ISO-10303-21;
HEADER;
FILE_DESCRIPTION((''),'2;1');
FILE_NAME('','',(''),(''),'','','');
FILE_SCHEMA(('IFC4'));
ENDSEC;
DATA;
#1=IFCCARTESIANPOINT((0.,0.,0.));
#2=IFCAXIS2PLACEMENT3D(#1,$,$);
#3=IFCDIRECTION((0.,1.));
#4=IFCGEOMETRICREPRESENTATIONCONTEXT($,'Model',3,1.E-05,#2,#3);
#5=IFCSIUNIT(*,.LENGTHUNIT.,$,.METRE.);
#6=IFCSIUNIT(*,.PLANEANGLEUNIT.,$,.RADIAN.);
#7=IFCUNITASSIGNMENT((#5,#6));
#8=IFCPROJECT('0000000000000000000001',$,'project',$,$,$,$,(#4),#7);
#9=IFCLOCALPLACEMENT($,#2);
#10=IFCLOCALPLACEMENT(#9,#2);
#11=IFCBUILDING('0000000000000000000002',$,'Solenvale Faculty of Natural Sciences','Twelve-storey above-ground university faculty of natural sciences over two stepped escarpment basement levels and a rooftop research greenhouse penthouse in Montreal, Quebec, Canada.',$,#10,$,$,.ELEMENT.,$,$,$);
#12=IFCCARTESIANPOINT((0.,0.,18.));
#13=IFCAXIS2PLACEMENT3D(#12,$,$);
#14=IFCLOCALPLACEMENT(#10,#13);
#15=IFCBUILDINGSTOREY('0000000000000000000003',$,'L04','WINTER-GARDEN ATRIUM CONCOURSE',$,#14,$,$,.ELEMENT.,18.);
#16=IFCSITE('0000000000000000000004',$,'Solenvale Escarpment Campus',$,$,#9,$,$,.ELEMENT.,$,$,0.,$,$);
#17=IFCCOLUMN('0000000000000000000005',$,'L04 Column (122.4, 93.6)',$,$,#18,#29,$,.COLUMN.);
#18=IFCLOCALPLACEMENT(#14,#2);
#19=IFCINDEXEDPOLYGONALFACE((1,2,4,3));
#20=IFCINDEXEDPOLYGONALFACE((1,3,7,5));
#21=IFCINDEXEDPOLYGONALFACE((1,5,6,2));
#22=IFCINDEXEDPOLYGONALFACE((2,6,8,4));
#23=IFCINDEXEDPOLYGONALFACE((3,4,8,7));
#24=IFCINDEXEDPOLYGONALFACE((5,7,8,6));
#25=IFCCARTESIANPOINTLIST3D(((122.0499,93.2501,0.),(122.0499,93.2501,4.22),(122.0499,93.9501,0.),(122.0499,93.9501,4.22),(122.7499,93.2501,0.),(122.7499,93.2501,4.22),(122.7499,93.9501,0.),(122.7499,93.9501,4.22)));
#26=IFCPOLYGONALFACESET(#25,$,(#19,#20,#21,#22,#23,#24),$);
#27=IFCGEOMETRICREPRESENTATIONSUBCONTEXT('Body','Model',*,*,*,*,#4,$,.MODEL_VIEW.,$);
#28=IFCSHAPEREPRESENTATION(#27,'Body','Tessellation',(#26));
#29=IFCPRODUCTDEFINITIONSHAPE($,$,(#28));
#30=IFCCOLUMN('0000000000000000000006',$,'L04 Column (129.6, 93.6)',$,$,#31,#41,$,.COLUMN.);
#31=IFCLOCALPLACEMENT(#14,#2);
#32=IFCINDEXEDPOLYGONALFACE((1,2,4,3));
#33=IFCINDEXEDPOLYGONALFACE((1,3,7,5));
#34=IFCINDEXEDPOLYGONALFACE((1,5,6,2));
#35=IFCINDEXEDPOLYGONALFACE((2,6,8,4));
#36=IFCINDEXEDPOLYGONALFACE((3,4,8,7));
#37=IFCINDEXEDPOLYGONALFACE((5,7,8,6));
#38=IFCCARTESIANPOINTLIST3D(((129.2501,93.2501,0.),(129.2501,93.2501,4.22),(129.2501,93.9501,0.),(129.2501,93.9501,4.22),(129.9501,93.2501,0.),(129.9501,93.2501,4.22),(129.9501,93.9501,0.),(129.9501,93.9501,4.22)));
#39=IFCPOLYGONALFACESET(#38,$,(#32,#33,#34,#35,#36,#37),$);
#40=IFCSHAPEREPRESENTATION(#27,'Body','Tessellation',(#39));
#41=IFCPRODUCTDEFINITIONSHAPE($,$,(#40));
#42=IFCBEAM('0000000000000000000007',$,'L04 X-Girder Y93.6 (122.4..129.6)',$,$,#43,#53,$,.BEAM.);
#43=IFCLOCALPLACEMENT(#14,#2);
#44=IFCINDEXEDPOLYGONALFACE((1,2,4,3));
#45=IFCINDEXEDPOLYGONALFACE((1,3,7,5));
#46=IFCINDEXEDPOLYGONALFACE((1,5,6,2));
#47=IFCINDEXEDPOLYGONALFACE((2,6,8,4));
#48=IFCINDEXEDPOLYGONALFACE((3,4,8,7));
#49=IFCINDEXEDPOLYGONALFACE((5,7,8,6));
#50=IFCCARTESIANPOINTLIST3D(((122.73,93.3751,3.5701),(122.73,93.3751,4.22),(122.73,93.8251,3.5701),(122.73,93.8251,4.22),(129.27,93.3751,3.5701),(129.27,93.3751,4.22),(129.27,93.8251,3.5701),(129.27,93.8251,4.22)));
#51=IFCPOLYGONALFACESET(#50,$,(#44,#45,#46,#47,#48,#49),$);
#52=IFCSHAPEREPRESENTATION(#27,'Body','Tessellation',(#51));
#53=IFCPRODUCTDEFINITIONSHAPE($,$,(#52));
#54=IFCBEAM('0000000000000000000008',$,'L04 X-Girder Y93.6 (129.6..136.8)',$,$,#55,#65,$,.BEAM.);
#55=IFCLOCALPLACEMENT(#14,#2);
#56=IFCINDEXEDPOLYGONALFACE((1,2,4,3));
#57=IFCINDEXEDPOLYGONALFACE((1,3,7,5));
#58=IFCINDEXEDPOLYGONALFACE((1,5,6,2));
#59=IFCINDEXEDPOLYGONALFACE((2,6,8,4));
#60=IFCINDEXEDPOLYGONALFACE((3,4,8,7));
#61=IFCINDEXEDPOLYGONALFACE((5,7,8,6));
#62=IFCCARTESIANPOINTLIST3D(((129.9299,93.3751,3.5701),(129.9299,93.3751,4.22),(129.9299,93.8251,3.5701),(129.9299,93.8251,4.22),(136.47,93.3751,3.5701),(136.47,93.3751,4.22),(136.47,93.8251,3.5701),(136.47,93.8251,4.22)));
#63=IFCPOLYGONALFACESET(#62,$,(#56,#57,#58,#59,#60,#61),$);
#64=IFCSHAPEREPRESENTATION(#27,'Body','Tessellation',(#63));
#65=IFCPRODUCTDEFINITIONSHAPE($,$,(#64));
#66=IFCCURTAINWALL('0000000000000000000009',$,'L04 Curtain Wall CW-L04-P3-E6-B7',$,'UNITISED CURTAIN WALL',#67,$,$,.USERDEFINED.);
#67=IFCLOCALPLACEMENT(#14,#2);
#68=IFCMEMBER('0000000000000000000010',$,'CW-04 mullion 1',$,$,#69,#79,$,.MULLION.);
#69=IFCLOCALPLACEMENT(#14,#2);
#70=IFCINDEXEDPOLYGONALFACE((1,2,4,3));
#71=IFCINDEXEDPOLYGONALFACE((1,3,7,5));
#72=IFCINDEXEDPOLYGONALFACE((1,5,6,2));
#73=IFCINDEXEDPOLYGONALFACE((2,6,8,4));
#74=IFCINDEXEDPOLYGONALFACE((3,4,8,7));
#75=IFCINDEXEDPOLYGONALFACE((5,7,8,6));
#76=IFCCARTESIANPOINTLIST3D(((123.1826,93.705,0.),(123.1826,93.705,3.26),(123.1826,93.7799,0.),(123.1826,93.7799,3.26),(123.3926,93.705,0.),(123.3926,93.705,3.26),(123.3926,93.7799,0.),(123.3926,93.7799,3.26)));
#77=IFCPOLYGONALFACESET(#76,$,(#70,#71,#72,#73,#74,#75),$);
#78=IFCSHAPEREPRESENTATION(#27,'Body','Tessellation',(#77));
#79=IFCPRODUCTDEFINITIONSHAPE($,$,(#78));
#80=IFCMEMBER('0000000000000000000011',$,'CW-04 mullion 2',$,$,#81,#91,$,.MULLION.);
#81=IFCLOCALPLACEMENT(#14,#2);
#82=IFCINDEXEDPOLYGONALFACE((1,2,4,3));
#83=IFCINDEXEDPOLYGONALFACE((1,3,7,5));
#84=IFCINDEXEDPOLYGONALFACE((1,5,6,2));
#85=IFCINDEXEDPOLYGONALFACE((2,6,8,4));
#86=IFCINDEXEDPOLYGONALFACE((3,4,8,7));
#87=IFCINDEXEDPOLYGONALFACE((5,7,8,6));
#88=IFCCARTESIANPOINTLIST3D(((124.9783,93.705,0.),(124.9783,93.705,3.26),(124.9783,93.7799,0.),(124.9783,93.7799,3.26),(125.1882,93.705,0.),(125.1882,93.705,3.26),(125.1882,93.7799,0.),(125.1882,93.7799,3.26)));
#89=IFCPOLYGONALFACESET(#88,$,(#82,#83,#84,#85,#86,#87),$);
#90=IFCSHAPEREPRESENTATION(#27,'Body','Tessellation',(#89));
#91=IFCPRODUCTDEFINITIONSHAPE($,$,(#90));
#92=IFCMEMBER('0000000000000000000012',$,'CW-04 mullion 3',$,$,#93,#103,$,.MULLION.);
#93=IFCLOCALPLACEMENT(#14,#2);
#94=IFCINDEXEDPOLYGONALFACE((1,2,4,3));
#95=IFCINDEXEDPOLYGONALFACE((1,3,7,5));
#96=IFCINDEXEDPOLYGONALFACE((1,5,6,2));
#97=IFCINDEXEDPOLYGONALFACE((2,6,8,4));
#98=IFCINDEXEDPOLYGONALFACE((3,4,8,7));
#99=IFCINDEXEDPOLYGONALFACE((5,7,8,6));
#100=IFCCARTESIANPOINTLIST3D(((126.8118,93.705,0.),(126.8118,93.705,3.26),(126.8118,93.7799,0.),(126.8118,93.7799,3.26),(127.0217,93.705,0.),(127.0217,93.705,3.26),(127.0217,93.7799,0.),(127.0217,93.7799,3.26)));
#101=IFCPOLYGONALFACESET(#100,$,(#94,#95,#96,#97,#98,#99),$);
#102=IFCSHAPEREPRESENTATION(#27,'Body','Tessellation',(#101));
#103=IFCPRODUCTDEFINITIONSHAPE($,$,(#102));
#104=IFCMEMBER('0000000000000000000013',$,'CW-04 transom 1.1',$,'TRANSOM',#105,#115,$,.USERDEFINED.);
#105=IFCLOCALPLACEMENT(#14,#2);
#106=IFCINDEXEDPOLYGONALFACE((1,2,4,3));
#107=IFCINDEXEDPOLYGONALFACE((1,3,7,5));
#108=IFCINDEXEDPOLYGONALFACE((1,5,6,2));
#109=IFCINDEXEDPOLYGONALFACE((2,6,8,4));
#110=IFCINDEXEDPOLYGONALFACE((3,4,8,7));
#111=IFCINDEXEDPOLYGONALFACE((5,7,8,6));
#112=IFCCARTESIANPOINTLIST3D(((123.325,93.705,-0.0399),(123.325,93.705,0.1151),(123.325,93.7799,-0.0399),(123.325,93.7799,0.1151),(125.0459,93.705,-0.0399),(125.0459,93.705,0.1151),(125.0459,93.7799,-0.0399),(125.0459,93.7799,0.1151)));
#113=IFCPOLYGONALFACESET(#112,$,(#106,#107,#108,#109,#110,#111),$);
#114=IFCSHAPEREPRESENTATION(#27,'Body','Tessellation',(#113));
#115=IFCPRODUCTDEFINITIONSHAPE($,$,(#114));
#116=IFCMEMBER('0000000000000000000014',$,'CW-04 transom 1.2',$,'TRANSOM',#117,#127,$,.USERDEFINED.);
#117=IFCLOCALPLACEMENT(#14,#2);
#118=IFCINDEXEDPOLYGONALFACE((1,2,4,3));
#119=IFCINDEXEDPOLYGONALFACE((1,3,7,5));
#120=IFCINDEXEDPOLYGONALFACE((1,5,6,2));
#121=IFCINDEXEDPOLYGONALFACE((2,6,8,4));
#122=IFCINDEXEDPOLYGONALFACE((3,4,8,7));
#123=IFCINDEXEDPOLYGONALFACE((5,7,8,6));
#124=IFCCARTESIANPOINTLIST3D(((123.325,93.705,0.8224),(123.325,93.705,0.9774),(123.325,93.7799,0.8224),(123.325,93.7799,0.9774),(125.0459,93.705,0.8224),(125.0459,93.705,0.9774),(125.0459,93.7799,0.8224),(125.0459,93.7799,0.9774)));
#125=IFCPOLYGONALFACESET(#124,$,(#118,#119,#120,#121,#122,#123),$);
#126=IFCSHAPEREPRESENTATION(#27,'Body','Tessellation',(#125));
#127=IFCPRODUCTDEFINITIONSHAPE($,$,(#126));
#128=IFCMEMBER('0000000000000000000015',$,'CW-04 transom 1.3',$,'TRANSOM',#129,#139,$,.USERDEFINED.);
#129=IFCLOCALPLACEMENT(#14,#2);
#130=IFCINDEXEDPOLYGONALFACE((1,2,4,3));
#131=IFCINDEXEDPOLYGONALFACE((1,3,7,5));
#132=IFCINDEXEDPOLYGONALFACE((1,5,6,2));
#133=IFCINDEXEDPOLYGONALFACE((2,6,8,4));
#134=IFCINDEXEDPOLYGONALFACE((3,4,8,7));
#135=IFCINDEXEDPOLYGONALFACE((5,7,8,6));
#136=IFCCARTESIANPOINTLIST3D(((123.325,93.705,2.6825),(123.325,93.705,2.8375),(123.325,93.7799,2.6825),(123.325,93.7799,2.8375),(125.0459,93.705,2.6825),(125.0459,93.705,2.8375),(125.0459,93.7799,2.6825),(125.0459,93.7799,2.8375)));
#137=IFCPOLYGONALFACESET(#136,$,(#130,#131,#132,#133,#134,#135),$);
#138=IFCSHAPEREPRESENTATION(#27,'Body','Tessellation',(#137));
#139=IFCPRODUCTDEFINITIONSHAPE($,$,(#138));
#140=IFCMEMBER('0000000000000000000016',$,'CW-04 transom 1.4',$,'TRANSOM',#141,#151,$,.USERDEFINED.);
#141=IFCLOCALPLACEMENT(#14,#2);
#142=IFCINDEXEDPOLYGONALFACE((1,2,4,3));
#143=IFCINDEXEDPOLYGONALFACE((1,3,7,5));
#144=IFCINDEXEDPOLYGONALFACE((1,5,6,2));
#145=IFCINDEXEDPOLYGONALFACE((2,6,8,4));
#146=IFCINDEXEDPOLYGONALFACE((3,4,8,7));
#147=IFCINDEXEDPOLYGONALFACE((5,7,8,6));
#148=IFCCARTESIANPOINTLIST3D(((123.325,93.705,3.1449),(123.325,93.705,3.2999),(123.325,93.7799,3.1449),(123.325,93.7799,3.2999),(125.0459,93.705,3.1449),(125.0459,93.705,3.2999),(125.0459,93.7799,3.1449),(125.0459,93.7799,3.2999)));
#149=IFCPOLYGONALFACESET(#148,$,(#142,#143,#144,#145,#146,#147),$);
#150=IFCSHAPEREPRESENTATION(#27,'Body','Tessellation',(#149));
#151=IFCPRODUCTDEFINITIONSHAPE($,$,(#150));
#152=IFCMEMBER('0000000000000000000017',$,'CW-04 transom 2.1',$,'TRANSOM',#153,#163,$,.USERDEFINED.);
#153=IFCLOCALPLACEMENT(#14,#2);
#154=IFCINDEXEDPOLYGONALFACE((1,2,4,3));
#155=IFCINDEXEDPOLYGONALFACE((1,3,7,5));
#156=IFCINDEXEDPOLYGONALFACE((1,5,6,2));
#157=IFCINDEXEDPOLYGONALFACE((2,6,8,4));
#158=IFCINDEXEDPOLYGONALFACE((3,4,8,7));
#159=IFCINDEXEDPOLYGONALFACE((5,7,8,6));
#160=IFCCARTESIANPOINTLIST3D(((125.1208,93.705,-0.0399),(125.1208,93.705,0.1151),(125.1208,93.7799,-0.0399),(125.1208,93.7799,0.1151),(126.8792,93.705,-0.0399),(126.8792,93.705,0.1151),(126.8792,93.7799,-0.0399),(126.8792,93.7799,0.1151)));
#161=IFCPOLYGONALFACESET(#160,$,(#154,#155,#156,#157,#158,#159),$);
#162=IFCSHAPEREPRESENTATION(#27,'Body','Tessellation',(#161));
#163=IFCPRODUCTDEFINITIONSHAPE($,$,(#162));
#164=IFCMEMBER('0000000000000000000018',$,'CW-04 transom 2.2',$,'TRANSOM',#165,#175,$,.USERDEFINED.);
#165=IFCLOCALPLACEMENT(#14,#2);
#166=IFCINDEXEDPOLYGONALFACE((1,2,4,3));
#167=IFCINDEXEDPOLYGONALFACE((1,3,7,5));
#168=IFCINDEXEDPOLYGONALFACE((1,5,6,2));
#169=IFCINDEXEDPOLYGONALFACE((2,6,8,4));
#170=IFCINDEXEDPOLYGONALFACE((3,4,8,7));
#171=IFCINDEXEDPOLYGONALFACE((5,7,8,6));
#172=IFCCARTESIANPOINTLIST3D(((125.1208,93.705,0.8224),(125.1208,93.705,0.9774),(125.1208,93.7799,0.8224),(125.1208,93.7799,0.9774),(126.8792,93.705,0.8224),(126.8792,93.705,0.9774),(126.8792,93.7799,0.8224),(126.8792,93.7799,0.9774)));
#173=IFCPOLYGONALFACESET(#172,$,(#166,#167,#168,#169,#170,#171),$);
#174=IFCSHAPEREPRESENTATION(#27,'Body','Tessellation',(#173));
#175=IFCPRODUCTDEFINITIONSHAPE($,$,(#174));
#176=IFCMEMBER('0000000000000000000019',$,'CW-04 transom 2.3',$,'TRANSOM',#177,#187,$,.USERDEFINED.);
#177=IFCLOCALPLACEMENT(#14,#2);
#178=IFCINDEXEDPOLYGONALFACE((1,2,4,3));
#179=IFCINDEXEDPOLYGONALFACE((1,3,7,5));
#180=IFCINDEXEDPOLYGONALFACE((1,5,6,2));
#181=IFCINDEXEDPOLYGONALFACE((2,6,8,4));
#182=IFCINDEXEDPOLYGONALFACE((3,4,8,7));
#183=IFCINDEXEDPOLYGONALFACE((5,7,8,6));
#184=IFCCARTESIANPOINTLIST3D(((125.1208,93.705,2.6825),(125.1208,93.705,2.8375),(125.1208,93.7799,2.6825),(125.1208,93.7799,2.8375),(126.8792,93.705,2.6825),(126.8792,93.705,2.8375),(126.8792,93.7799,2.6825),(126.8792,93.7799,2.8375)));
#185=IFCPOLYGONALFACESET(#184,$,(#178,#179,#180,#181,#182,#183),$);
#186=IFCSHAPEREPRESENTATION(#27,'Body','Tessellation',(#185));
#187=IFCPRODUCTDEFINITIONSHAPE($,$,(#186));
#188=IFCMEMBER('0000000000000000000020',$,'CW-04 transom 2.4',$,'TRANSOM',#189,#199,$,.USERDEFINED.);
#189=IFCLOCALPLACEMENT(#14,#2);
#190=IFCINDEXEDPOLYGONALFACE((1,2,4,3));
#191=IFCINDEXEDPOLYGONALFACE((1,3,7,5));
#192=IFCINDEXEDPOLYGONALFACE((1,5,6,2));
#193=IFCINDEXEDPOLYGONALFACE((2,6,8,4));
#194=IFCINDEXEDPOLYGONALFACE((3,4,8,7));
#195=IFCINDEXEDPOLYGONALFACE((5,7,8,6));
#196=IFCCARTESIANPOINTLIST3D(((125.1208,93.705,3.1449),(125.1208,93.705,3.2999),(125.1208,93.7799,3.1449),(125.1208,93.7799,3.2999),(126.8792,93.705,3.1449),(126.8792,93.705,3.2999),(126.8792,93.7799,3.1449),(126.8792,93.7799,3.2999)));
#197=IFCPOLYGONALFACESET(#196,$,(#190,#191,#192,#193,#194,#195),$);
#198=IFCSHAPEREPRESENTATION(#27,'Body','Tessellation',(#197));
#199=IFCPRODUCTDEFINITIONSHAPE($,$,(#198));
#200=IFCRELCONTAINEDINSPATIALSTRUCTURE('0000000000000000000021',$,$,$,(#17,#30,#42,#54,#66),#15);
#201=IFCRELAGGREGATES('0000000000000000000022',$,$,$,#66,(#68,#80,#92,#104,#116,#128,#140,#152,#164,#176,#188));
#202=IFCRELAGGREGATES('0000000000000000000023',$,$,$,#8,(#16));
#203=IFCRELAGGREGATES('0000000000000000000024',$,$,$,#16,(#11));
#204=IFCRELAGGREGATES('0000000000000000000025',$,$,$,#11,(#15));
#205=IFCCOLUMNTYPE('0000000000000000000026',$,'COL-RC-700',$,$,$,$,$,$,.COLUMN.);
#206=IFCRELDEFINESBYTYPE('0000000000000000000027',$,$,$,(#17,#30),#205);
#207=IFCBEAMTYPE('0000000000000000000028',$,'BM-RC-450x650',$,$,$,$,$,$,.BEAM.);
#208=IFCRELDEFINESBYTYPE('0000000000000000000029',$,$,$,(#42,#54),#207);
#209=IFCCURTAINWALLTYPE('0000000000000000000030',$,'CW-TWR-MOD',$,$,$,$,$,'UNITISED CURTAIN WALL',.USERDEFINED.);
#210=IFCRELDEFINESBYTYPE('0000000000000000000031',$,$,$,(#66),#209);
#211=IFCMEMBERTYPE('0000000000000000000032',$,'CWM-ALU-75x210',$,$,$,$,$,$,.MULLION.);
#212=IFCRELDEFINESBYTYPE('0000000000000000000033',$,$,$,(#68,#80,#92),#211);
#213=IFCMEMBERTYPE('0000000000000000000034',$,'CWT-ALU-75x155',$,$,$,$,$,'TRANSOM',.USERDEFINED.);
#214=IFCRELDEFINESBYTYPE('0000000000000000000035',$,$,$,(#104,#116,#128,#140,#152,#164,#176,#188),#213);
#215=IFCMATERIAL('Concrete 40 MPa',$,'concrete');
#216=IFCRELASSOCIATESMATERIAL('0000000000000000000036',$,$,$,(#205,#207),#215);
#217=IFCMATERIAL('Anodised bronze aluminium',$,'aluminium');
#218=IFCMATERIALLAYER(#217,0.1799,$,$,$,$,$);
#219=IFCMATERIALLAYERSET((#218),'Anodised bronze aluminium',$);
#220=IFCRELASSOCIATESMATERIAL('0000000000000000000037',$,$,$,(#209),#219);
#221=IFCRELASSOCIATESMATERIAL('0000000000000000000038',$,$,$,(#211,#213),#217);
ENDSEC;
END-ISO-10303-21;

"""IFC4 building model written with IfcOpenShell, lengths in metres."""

from ifc_helpers import new_model, si_unit, direction, frame, origin, origin_2d, place, context, subcontext, project, spatial, rectangle, extrude, material, layer, layer_set, material_profile, profile_set, type_object, element, aggregate, save


model = new_model("IFC4")

# Units and contexts
model_context = context("Model", 3, precision=1e-05, world=origin(), true_north=direction((0.0, 1.0)))
body_context = subcontext(model_context, "Body", "Model", "MODEL_VIEW")
ifc_project = project(units=[si_unit("LENGTHUNIT", "METRE"), si_unit("PLANEANGLEUNIT", "RADIAN")], contexts=[model_context])

# Site, building, storey
site_placement = place(None, origin())
site = spatial("IfcSite", under=ifc_project, at=site_placement, Name="Solenvale Escarpment Campus", CompositionType="ELEMENT", RefElevation=0.0)
building_placement = place(site_placement, origin())
building = spatial("IfcBuilding", under=site, at=building_placement, Name="Solenvale Faculty of Natural Sciences", Description="Twelve-storey above-ground university faculty of natural sciences over two stepped escarpment basement levels and a rooftop research greenhouse penthouse in Montreal, Quebec, Canada.", CompositionType="ELEMENT")
storey_placement = place(building_placement, frame((0.0, 0.0, 18.0)))
storey = spatial("IfcBuildingStorey", under=building, at=storey_placement, Name="L04", Description="WINTER-GARDEN ATRIUM CONCOURSE", CompositionType="ELEMENT", Elevation=18.0)

# Columns
ifc_material_1 = material(Name="Concrete 40 MPa", Category="concrete")
ifc_material_profile_1 = material_profile(ifc_material_1, rectangle(XDim=0.7, YDim=0.7, at=origin_2d()), Name="RC-COL-700x700")
ifc_profile_set_1 = profile_set([ifc_material_profile_1], Name="Concrete 40 MPa")
column_type = type_object("IfcColumnType", Name="COL-RC-700", PredefinedType="COLUMN", material=ifc_profile_set_1)
for number, where, z_axis, x_axis, name in (
    (1, (122.3999, 93.6001, 0.0), (0.0, 0.0, 1.0), (1.0, 0.0, 0.0), "L04 Column (122.4, 93.6)"),
    (2, (129.6001, 93.6001, 0.0), (0.0, 0.0, 1.0), (1.0, 0.0, 0.0), "L04 Column (129.6, 93.6)"),
):
    element("IfcColumn", number, at=place(storey_placement, frame(where, z_axis=z_axis, x_axis=x_axis)), inside=storey, type_object=column_type, Name=name, PredefinedType="COLUMN", context=body_context, shape_type="SweptSolid", body=[
        extrude(rectangle(XDim=0.7, YDim=0.7, at=origin_2d()), origin(), (0.0, 0.0, 1.0), 4.22),
    ])

# Beams
ifc_material_profile_2 = material_profile(ifc_material_1, rectangle(XDim=0.45, YDim=0.6499, at=origin_2d()), Name="RC-BM-450x650")
ifc_profile_set_2 = profile_set([ifc_material_profile_2], Name="Concrete 40 MPa")
beam_type = type_object("IfcBeamType", Name="BM-RC-450x650", PredefinedType="BEAM", material=ifc_profile_set_2)
for number, where, z_axis, x_axis, name in (
    (3, (122.73, 93.6001, 3.895), (1.0, 0.0, 0.0), (0.0, 1.0, 0.0), "L04 X-Girder Y93.6 (122.4..129.6)"),
    (4, (129.9299, 93.6001, 3.895), (1.0, 0.0, 0.0), (0.0, 1.0, 0.0), "L04 X-Girder Y93.6 (129.6..136.8)"),
):
    element("IfcBeam", number, at=place(storey_placement, frame(where, z_axis=z_axis, x_axis=x_axis)), inside=storey, type_object=beam_type, Name=name, PredefinedType="BEAM", context=body_context, shape_type="SweptSolid", body=[
        extrude(rectangle(XDim=0.45, YDim=0.6499, at=origin_2d()), origin(), (0.0, 0.0, 1.0), 6.54),
    ])

# Curtain wall, members
ifc_material_2 = material(Name="Anodised bronze aluminium", Category="aluminium")
ifc_layer_1 = layer(ifc_material_2, 0.1799)
ifc_layer_set_1 = layer_set([ifc_layer_1], Name="Anodised bronze aluminium")
curtain_wall_type = type_object("IfcCurtainWallType", Name="CW-TWR-MOD", ElementType="UNITISED CURTAIN WALL", PredefinedType="USERDEFINED", material=ifc_layer_set_1)
curtain_wall_placement = place(storey_placement, origin())
curtain_wall = element("IfcCurtainWall", 5, at=curtain_wall_placement, inside=storey, type_object=curtain_wall_type, Name="L04 Curtain Wall CW-L04-P3-E6-B7", ObjectType="UNITISED CURTAIN WALL", PredefinedType="USERDEFINED")
ifc_material_profile_3 = material_profile(ifc_material_2, rectangle(XDim=0.075, YDim=0.21, at=origin_2d()), Name="ALU-MUL-75x210")
ifc_profile_set_3 = profile_set([ifc_material_profile_3], Name="Anodised bronze aluminium")
member_type_1 = type_object("IfcMemberType", Name="CWM-ALU-75x210", PredefinedType="MULLION", material=ifc_profile_set_3)
member_1_placement = place(storey_placement, frame((123.2876, 93.7424, 0.0), z_axis=(0.0, 0.0, 1.0), x_axis=(0.0, 1.0, 0.0)))
member_1 = element("IfcMember", 6, at=member_1_placement, type_object=member_type_1, Name="CW-04 mullion 1", PredefinedType="MULLION", context=body_context, shape_type="SweptSolid", body=[
    extrude(rectangle(XDim=0.075, YDim=0.21, at=origin_2d()), origin(), (0.0, 0.0, 1.0), 3.26),
])
member_2_placement = place(storey_placement, frame((125.0833, 93.7424, 0.0), z_axis=(0.0, 0.0, 1.0), x_axis=(0.0, 1.0, 0.0)))
member_2 = element("IfcMember", 7, at=member_2_placement, type_object=member_type_1, Name="CW-04 mullion 2", PredefinedType="MULLION", context=body_context, shape_type="SweptSolid", body=[
    extrude(rectangle(XDim=0.075, YDim=0.21, at=origin_2d()), origin(), (0.0, 0.0, 1.0), 3.26),
])
member_3_placement = place(storey_placement, frame((126.9167, 93.7424, 0.0), z_axis=(0.0, 0.0, 1.0), x_axis=(0.0, 1.0, 0.0)))
member_3 = element("IfcMember", 8, at=member_3_placement, type_object=member_type_1, Name="CW-04 mullion 3", PredefinedType="MULLION", context=body_context, shape_type="SweptSolid", body=[
    extrude(rectangle(XDim=0.075, YDim=0.21, at=origin_2d()), origin(), (0.0, 0.0, 1.0), 3.26),
])
ifc_material_profile_4 = material_profile(ifc_material_2, rectangle(XDim=0.075, YDim=0.155, at=origin_2d()), Name="ALU-TRN-75x155")
ifc_profile_set_4 = profile_set([ifc_material_profile_4], Name="Anodised bronze aluminium")
member_type_2 = type_object("IfcMemberType", Name="CWT-ALU-75x155", ElementType="TRANSOM", PredefinedType="USERDEFINED", material=ifc_profile_set_4)
member_4_placement = place(storey_placement, frame((123.325, 93.7424, 0.0376), z_axis=(1.0, 0.0, 0.0), x_axis=(0.0, 1.0, 0.0)))
member_4 = element("IfcMember", 9, at=member_4_placement, type_object=member_type_2, Name="CW-04 transom 1.1", ObjectType="TRANSOM", PredefinedType="USERDEFINED", context=body_context, shape_type="SweptSolid", body=[
    extrude(rectangle(XDim=0.075, YDim=0.155, at=origin_2d()), origin(), (0.0, 0.0, 1.0), 1.7209),
])
member_5_placement = place(storey_placement, frame((123.325, 93.7424, 0.8999), z_axis=(1.0, 0.0, 0.0), x_axis=(0.0, 1.0, 0.0)))
member_5 = element("IfcMember", 10, at=member_5_placement, type_object=member_type_2, Name="CW-04 transom 1.2", ObjectType="TRANSOM", PredefinedType="USERDEFINED", context=body_context, shape_type="SweptSolid", body=[
    extrude(rectangle(XDim=0.075, YDim=0.155, at=origin_2d()), origin(), (0.0, 0.0, 1.0), 1.7209),
])
member_6_placement = place(storey_placement, frame((123.325, 93.7424, 2.76), z_axis=(1.0, 0.0, 0.0), x_axis=(0.0, 1.0, 0.0)))
member_6 = element("IfcMember", 11, at=member_6_placement, type_object=member_type_2, Name="CW-04 transom 1.3", ObjectType="TRANSOM", PredefinedType="USERDEFINED", context=body_context, shape_type="SweptSolid", body=[
    extrude(rectangle(XDim=0.075, YDim=0.155, at=origin_2d()), origin(), (0.0, 0.0, 1.0), 1.7209),
])
member_7_placement = place(storey_placement, frame((123.325, 93.7424, 3.2224), z_axis=(1.0, 0.0, 0.0), x_axis=(0.0, 1.0, 0.0)))
member_7 = element("IfcMember", 12, at=member_7_placement, type_object=member_type_2, Name="CW-04 transom 1.4", ObjectType="TRANSOM", PredefinedType="USERDEFINED", context=body_context, shape_type="SweptSolid", body=[
    extrude(rectangle(XDim=0.075, YDim=0.155, at=origin_2d()), origin(), (0.0, 0.0, 1.0), 1.7209),
])
member_8_placement = place(storey_placement, frame((125.1208, 93.7424, 0.0376), z_axis=(1.0, 0.0, 0.0), x_axis=(0.0, 1.0, 0.0)))
member_8 = element("IfcMember", 13, at=member_8_placement, type_object=member_type_2, Name="CW-04 transom 2.1", ObjectType="TRANSOM", PredefinedType="USERDEFINED", context=body_context, shape_type="SweptSolid", body=[
    extrude(rectangle(XDim=0.075, YDim=0.155, at=origin_2d()), origin(), (0.0, 0.0, 1.0), 1.7583),
])
member_9_placement = place(storey_placement, frame((125.1208, 93.7424, 0.8999), z_axis=(1.0, 0.0, 0.0), x_axis=(0.0, 1.0, 0.0)))
member_9 = element("IfcMember", 14, at=member_9_placement, type_object=member_type_2, Name="CW-04 transom 2.2", ObjectType="TRANSOM", PredefinedType="USERDEFINED", context=body_context, shape_type="SweptSolid", body=[
    extrude(rectangle(XDim=0.075, YDim=0.155, at=origin_2d()), origin(), (0.0, 0.0, 1.0), 1.7583),
])
member_10_placement = place(storey_placement, frame((125.1208, 93.7424, 2.76), z_axis=(1.0, 0.0, 0.0), x_axis=(0.0, 1.0, 0.0)))
member_10 = element("IfcMember", 15, at=member_10_placement, type_object=member_type_2, Name="CW-04 transom 2.3", ObjectType="TRANSOM", PredefinedType="USERDEFINED", context=body_context, shape_type="SweptSolid", body=[
    extrude(rectangle(XDim=0.075, YDim=0.155, at=origin_2d()), origin(), (0.0, 0.0, 1.0), 1.7583),
])
member_11_placement = place(storey_placement, frame((125.1208, 93.7424, 3.2224), z_axis=(1.0, 0.0, 0.0), x_axis=(0.0, 1.0, 0.0)))
member_11 = element("IfcMember", 16, at=member_11_placement, type_object=member_type_2, Name="CW-04 transom 2.4", ObjectType="TRANSOM", PredefinedType="USERDEFINED", context=body_context, shape_type="SweptSolid", body=[
    extrude(rectangle(XDim=0.075, YDim=0.155, at=origin_2d()), origin(), (0.0, 0.0, 1.0), 1.7583),
])
aggregate(curtain_wall, [member_1, member_2, member_3, member_4, member_5, member_6, member_7, member_8, member_9, member_10, member_11])

save(model, "model.ifc")
